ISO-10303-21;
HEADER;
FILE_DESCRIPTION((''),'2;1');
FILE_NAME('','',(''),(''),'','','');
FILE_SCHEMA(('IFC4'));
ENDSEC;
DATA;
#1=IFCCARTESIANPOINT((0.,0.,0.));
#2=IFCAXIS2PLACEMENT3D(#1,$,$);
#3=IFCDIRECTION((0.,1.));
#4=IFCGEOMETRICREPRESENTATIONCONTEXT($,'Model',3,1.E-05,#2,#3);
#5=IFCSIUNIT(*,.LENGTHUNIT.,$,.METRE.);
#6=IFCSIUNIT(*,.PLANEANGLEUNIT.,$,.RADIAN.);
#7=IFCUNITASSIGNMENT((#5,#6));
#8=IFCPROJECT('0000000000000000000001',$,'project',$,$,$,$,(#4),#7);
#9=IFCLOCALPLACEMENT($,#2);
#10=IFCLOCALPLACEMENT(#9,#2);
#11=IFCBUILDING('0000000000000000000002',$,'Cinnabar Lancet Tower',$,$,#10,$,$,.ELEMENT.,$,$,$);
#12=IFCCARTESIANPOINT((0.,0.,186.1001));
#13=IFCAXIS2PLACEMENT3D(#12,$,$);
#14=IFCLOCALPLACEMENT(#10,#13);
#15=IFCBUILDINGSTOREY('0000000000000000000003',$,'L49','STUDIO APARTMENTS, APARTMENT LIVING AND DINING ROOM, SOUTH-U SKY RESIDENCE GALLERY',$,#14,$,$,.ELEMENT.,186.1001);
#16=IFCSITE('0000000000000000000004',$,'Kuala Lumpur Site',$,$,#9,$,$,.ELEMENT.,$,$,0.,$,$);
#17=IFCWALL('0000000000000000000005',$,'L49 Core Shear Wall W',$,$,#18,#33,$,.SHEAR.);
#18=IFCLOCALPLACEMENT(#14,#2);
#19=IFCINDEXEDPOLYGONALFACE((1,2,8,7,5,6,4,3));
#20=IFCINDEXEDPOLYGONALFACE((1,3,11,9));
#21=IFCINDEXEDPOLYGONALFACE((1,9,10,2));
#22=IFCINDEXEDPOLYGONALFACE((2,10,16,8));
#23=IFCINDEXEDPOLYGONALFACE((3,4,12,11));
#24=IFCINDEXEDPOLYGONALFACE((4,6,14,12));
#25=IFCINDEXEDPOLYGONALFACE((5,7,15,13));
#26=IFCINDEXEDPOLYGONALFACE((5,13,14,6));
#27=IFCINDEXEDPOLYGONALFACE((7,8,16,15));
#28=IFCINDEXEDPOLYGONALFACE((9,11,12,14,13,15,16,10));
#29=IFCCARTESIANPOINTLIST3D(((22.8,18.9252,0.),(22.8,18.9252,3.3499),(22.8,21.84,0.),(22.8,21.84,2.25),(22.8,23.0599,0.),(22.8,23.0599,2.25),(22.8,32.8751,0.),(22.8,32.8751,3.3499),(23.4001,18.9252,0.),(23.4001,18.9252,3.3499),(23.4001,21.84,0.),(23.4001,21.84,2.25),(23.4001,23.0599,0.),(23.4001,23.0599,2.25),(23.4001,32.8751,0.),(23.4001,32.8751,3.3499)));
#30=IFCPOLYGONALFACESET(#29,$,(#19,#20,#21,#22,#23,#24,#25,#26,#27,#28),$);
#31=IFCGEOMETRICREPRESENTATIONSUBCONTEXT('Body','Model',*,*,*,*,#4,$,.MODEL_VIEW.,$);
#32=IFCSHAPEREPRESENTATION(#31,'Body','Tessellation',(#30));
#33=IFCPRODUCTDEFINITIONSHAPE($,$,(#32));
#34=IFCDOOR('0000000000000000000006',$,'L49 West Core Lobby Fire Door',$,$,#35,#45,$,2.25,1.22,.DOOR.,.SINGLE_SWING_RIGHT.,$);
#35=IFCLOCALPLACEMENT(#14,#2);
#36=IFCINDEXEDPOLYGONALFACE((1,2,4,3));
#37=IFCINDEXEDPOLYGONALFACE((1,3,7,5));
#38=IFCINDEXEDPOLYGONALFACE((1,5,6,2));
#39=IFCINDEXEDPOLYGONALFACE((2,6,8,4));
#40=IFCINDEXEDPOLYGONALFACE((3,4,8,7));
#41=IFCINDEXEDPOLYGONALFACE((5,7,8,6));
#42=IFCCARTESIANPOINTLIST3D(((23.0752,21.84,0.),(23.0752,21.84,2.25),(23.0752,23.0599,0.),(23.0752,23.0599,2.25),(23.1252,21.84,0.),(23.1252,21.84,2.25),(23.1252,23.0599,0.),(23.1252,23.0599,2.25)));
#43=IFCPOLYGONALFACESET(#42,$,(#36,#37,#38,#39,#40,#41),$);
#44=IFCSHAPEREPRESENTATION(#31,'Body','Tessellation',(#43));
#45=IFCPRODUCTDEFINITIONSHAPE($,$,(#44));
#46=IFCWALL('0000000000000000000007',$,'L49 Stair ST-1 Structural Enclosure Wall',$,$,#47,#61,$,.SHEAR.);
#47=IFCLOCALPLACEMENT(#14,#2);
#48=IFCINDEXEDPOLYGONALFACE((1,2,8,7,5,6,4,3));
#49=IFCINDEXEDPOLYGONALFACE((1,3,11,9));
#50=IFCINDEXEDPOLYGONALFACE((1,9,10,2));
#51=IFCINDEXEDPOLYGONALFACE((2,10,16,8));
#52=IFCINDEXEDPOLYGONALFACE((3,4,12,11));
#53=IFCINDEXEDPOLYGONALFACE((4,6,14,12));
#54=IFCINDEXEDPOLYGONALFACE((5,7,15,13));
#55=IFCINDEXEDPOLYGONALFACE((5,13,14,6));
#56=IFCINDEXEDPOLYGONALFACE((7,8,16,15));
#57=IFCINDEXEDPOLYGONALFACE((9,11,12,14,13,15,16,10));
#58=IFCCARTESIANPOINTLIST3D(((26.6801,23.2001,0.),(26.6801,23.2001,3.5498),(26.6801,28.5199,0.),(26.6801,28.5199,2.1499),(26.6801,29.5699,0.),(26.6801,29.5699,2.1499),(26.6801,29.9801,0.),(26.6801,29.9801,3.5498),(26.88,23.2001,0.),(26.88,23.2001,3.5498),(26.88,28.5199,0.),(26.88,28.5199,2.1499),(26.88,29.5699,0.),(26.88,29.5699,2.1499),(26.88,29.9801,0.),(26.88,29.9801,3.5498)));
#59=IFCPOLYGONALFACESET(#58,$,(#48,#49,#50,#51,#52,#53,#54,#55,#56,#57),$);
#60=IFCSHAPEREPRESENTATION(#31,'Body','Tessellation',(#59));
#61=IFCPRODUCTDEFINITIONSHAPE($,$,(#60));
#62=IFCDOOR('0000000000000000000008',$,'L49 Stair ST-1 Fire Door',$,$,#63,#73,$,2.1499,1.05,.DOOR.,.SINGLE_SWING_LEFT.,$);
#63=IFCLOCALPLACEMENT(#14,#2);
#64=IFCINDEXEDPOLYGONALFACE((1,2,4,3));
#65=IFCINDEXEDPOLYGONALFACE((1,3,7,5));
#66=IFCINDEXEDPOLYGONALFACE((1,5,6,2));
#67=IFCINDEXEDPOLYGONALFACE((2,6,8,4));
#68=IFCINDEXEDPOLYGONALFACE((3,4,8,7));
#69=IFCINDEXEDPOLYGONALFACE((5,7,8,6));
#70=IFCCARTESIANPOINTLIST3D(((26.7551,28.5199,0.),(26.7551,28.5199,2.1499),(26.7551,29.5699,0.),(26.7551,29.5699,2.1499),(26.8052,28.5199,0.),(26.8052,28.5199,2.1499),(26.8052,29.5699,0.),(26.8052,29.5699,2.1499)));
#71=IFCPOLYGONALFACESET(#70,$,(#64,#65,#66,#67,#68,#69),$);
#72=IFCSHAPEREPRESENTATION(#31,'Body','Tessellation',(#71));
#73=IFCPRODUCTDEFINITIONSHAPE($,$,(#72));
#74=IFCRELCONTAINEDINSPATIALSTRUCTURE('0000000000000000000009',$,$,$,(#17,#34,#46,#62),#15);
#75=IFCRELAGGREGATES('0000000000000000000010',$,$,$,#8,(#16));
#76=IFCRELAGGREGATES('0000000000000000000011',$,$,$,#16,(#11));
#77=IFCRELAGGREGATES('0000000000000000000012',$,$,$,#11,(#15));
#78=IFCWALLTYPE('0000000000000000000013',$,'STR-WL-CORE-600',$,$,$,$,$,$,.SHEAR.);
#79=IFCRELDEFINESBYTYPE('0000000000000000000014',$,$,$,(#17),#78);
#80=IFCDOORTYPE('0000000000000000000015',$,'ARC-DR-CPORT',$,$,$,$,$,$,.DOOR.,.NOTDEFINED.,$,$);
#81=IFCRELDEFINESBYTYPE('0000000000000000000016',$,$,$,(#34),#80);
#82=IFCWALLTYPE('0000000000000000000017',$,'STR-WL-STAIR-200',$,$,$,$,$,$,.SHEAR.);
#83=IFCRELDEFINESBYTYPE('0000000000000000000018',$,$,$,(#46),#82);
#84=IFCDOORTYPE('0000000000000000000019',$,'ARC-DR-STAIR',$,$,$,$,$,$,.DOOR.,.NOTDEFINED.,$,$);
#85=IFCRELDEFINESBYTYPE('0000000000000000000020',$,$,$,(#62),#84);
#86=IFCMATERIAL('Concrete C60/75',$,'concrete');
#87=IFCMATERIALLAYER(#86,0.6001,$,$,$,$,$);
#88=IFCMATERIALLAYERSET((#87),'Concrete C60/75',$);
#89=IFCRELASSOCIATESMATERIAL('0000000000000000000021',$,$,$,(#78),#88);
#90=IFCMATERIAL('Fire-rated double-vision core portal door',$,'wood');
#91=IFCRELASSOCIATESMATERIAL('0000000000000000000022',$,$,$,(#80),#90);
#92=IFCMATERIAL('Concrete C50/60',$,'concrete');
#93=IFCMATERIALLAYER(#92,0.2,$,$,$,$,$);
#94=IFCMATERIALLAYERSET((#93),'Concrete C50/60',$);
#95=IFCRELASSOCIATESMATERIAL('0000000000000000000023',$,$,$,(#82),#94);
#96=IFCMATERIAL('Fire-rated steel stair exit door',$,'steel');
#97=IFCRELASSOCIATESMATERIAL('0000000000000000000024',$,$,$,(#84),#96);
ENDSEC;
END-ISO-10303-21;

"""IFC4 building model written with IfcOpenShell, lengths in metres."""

from ifc_helpers import new_model, si_unit, direction, frame, frame_2d, origin, place, context, subcontext, project, spatial, rectangle, extrude, material, layer, layer_set, type_object, element, fill, save


model = new_model("IFC4")

# Units and contexts
model_context = context("Model", 3, precision=1e-05, world=origin(), true_north=direction((0.0, 1.0)))
body_context = subcontext(model_context, "Body", "Model", "MODEL_VIEW")
ifc_project = project(units=[si_unit("LENGTHUNIT", "METRE"), si_unit("PLANEANGLEUNIT", "RADIAN")], contexts=[model_context])

# Site, building, storey
site_placement = place(None, origin())
site = spatial("IfcSite", under=ifc_project, at=site_placement, Name="Kuala Lumpur Site", CompositionType="ELEMENT", RefElevation=0.0)
building_placement = place(site_placement, origin())
building = spatial("IfcBuilding", under=site, at=building_placement, Name="Cinnabar Lancet Tower", CompositionType="ELEMENT")
storey_placement = place(building_placement, frame((0.0, 0.0, 186.1001)))
storey = spatial("IfcBuildingStorey", under=building, at=storey_placement, Name="L49", Description="STUDIO APARTMENTS, APARTMENT LIVING AND DINING ROOM, SOUTH-U SKY RESIDENCE GALLERY", CompositionType="ELEMENT", Elevation=186.1001)

# Shared definitions
ifc_material_1 = material(Name="Concrete C60/75", Category="concrete")
ifc_layer_1 = layer(ifc_material_1, 0.6001)
ifc_layer_set_1 = layer_set([ifc_layer_1], Name="Concrete C60/75")
wall_type_1 = type_object("IfcWallType", Name="STR-WL-CORE-600", PredefinedType="SHEAR", material=ifc_layer_set_1)

# Walls, openings, doors
wall_1_placement = place(storey_placement, frame((23.1001, 18.925, 0.0), z_axis=(0.0, 0.0, 1.0), x_axis=(0.0, 1.0, 0.0)))
wall_1 = element("IfcWall", 1, at=wall_1_placement, inside=storey, type_object=wall_type_1, Name="L49 Core Shear Wall W", PredefinedType="SHEAR", context=body_context, shape_type="SweptSolid", body=[
    extrude(rectangle(XDim=13.95, YDim=0.6001, at=frame_2d((6.9751, 0.0))), origin(), (0.0, 0.0, 1.0), 3.3499),
])
opening_1_placement = place(wall_1_placement, frame((2.915, 0.0, 0.0)))
opening_1 = element("IfcOpeningElement", 2, at=opening_1_placement, cuts=wall_1, PredefinedType="OPENING", context=body_context, shape_type="SweptSolid", body=[
    extrude(rectangle(XDim=1.22, YDim=2.25, at=frame_2d((0.6099, 1.125))), frame((0.0, 0.3101, 0.0), z_axis=(0.0, -1.0, 0.0), x_axis=(1.0, 0.0, 0.0)), (0.0, 0.0, 1.0), 0.6201),
])
ifc_material_2 = material(Name="Fire-rated double-vision core portal door", Category="wood")
door_type_1 = type_object("IfcDoorType", Name="ARC-DR-CPORT", OperationType="NOTDEFINED", PredefinedType="DOOR", material=ifc_material_2)
door_1_placement = place(opening_1_placement, origin())
door_1 = element("IfcDoor", 3, at=door_1_placement, inside=storey, type_object=door_type_1, Name="L49 West Core Lobby Fire Door", OperationType="SINGLE_SWING_RIGHT", OverallHeight=2.25, OverallWidth=1.22, PredefinedType="DOOR", context=body_context, shape_type="SweptSolid", body=[
    extrude(rectangle(XDim=1.22, YDim=2.25, at=frame_2d((0.6099, 1.125))), frame((0.0, 0.0249, 0.0), z_axis=(0.0, -1.0, 0.0), x_axis=(1.0, 0.0, 0.0)), (0.0, 0.0, 1.0), 0.05),
])
fill(opening_1, door_1)
ifc_material_3 = material(Name="Concrete C50/60", Category="concrete")
ifc_layer_2 = layer(ifc_material_3, 0.2)
ifc_layer_set_2 = layer_set([ifc_layer_2], Name="Concrete C50/60")
wall_type_2 = type_object("IfcWallType", Name="STR-WL-STAIR-200", PredefinedType="SHEAR", material=ifc_layer_set_2)
wall_2_placement = place(storey_placement, frame((26.78, 23.2, 0.0), z_axis=(0.0, 0.0, 1.0), x_axis=(0.0, 1.0, 0.0)))
wall_2 = element("IfcWall", 4, at=wall_2_placement, inside=storey, type_object=wall_type_2, Name="L49 Stair ST-1 Structural Enclosure Wall", PredefinedType="SHEAR", context=body_context, shape_type="SweptSolid", body=[
    extrude(rectangle(XDim=6.78, YDim=0.2, at=frame_2d((3.3901, 0.0))), origin(), (0.0, 0.0, 1.0), 3.5498),
])
opening_2_placement = place(wall_2_placement, frame((5.3201, 0.0, 0.0)))
opening_2 = element("IfcOpeningElement", 5, at=opening_2_placement, cuts=wall_2, PredefinedType="OPENING", context=body_context, shape_type="SweptSolid", body=[
    extrude(rectangle(XDim=1.05, YDim=2.1499, at=frame_2d((0.5249, 1.075))), frame((0.0, 0.1099, 0.0), z_axis=(0.0, -1.0, 0.0), x_axis=(1.0, 0.0, 0.0)), (0.0, 0.0, 1.0), 0.22),
])
ifc_material_4 = material(Name="Fire-rated steel stair exit door", Category="steel")
door_type_2 = type_object("IfcDoorType", Name="ARC-DR-STAIR", OperationType="NOTDEFINED", PredefinedType="DOOR", material=ifc_material_4)
door_2_placement = place(opening_2_placement, origin())
door_2 = element("IfcDoor", 6, at=door_2_placement, inside=storey, type_object=door_type_2, Name="L49 Stair ST-1 Fire Door", OperationType="SINGLE_SWING_LEFT", OverallHeight=2.1499, OverallWidth=1.05, PredefinedType="DOOR", context=body_context, shape_type="SweptSolid", body=[
    extrude(rectangle(XDim=1.05, YDim=2.1499, at=frame_2d((0.5249, 1.075))), frame((0.0, 0.0249, 0.0), z_axis=(0.0, -1.0, 0.0), x_axis=(1.0, 0.0, 0.0)), (0.0, 0.0, 1.0), 0.05),
])
fill(opening_2, door_2)

save(model, "model.ifc")
